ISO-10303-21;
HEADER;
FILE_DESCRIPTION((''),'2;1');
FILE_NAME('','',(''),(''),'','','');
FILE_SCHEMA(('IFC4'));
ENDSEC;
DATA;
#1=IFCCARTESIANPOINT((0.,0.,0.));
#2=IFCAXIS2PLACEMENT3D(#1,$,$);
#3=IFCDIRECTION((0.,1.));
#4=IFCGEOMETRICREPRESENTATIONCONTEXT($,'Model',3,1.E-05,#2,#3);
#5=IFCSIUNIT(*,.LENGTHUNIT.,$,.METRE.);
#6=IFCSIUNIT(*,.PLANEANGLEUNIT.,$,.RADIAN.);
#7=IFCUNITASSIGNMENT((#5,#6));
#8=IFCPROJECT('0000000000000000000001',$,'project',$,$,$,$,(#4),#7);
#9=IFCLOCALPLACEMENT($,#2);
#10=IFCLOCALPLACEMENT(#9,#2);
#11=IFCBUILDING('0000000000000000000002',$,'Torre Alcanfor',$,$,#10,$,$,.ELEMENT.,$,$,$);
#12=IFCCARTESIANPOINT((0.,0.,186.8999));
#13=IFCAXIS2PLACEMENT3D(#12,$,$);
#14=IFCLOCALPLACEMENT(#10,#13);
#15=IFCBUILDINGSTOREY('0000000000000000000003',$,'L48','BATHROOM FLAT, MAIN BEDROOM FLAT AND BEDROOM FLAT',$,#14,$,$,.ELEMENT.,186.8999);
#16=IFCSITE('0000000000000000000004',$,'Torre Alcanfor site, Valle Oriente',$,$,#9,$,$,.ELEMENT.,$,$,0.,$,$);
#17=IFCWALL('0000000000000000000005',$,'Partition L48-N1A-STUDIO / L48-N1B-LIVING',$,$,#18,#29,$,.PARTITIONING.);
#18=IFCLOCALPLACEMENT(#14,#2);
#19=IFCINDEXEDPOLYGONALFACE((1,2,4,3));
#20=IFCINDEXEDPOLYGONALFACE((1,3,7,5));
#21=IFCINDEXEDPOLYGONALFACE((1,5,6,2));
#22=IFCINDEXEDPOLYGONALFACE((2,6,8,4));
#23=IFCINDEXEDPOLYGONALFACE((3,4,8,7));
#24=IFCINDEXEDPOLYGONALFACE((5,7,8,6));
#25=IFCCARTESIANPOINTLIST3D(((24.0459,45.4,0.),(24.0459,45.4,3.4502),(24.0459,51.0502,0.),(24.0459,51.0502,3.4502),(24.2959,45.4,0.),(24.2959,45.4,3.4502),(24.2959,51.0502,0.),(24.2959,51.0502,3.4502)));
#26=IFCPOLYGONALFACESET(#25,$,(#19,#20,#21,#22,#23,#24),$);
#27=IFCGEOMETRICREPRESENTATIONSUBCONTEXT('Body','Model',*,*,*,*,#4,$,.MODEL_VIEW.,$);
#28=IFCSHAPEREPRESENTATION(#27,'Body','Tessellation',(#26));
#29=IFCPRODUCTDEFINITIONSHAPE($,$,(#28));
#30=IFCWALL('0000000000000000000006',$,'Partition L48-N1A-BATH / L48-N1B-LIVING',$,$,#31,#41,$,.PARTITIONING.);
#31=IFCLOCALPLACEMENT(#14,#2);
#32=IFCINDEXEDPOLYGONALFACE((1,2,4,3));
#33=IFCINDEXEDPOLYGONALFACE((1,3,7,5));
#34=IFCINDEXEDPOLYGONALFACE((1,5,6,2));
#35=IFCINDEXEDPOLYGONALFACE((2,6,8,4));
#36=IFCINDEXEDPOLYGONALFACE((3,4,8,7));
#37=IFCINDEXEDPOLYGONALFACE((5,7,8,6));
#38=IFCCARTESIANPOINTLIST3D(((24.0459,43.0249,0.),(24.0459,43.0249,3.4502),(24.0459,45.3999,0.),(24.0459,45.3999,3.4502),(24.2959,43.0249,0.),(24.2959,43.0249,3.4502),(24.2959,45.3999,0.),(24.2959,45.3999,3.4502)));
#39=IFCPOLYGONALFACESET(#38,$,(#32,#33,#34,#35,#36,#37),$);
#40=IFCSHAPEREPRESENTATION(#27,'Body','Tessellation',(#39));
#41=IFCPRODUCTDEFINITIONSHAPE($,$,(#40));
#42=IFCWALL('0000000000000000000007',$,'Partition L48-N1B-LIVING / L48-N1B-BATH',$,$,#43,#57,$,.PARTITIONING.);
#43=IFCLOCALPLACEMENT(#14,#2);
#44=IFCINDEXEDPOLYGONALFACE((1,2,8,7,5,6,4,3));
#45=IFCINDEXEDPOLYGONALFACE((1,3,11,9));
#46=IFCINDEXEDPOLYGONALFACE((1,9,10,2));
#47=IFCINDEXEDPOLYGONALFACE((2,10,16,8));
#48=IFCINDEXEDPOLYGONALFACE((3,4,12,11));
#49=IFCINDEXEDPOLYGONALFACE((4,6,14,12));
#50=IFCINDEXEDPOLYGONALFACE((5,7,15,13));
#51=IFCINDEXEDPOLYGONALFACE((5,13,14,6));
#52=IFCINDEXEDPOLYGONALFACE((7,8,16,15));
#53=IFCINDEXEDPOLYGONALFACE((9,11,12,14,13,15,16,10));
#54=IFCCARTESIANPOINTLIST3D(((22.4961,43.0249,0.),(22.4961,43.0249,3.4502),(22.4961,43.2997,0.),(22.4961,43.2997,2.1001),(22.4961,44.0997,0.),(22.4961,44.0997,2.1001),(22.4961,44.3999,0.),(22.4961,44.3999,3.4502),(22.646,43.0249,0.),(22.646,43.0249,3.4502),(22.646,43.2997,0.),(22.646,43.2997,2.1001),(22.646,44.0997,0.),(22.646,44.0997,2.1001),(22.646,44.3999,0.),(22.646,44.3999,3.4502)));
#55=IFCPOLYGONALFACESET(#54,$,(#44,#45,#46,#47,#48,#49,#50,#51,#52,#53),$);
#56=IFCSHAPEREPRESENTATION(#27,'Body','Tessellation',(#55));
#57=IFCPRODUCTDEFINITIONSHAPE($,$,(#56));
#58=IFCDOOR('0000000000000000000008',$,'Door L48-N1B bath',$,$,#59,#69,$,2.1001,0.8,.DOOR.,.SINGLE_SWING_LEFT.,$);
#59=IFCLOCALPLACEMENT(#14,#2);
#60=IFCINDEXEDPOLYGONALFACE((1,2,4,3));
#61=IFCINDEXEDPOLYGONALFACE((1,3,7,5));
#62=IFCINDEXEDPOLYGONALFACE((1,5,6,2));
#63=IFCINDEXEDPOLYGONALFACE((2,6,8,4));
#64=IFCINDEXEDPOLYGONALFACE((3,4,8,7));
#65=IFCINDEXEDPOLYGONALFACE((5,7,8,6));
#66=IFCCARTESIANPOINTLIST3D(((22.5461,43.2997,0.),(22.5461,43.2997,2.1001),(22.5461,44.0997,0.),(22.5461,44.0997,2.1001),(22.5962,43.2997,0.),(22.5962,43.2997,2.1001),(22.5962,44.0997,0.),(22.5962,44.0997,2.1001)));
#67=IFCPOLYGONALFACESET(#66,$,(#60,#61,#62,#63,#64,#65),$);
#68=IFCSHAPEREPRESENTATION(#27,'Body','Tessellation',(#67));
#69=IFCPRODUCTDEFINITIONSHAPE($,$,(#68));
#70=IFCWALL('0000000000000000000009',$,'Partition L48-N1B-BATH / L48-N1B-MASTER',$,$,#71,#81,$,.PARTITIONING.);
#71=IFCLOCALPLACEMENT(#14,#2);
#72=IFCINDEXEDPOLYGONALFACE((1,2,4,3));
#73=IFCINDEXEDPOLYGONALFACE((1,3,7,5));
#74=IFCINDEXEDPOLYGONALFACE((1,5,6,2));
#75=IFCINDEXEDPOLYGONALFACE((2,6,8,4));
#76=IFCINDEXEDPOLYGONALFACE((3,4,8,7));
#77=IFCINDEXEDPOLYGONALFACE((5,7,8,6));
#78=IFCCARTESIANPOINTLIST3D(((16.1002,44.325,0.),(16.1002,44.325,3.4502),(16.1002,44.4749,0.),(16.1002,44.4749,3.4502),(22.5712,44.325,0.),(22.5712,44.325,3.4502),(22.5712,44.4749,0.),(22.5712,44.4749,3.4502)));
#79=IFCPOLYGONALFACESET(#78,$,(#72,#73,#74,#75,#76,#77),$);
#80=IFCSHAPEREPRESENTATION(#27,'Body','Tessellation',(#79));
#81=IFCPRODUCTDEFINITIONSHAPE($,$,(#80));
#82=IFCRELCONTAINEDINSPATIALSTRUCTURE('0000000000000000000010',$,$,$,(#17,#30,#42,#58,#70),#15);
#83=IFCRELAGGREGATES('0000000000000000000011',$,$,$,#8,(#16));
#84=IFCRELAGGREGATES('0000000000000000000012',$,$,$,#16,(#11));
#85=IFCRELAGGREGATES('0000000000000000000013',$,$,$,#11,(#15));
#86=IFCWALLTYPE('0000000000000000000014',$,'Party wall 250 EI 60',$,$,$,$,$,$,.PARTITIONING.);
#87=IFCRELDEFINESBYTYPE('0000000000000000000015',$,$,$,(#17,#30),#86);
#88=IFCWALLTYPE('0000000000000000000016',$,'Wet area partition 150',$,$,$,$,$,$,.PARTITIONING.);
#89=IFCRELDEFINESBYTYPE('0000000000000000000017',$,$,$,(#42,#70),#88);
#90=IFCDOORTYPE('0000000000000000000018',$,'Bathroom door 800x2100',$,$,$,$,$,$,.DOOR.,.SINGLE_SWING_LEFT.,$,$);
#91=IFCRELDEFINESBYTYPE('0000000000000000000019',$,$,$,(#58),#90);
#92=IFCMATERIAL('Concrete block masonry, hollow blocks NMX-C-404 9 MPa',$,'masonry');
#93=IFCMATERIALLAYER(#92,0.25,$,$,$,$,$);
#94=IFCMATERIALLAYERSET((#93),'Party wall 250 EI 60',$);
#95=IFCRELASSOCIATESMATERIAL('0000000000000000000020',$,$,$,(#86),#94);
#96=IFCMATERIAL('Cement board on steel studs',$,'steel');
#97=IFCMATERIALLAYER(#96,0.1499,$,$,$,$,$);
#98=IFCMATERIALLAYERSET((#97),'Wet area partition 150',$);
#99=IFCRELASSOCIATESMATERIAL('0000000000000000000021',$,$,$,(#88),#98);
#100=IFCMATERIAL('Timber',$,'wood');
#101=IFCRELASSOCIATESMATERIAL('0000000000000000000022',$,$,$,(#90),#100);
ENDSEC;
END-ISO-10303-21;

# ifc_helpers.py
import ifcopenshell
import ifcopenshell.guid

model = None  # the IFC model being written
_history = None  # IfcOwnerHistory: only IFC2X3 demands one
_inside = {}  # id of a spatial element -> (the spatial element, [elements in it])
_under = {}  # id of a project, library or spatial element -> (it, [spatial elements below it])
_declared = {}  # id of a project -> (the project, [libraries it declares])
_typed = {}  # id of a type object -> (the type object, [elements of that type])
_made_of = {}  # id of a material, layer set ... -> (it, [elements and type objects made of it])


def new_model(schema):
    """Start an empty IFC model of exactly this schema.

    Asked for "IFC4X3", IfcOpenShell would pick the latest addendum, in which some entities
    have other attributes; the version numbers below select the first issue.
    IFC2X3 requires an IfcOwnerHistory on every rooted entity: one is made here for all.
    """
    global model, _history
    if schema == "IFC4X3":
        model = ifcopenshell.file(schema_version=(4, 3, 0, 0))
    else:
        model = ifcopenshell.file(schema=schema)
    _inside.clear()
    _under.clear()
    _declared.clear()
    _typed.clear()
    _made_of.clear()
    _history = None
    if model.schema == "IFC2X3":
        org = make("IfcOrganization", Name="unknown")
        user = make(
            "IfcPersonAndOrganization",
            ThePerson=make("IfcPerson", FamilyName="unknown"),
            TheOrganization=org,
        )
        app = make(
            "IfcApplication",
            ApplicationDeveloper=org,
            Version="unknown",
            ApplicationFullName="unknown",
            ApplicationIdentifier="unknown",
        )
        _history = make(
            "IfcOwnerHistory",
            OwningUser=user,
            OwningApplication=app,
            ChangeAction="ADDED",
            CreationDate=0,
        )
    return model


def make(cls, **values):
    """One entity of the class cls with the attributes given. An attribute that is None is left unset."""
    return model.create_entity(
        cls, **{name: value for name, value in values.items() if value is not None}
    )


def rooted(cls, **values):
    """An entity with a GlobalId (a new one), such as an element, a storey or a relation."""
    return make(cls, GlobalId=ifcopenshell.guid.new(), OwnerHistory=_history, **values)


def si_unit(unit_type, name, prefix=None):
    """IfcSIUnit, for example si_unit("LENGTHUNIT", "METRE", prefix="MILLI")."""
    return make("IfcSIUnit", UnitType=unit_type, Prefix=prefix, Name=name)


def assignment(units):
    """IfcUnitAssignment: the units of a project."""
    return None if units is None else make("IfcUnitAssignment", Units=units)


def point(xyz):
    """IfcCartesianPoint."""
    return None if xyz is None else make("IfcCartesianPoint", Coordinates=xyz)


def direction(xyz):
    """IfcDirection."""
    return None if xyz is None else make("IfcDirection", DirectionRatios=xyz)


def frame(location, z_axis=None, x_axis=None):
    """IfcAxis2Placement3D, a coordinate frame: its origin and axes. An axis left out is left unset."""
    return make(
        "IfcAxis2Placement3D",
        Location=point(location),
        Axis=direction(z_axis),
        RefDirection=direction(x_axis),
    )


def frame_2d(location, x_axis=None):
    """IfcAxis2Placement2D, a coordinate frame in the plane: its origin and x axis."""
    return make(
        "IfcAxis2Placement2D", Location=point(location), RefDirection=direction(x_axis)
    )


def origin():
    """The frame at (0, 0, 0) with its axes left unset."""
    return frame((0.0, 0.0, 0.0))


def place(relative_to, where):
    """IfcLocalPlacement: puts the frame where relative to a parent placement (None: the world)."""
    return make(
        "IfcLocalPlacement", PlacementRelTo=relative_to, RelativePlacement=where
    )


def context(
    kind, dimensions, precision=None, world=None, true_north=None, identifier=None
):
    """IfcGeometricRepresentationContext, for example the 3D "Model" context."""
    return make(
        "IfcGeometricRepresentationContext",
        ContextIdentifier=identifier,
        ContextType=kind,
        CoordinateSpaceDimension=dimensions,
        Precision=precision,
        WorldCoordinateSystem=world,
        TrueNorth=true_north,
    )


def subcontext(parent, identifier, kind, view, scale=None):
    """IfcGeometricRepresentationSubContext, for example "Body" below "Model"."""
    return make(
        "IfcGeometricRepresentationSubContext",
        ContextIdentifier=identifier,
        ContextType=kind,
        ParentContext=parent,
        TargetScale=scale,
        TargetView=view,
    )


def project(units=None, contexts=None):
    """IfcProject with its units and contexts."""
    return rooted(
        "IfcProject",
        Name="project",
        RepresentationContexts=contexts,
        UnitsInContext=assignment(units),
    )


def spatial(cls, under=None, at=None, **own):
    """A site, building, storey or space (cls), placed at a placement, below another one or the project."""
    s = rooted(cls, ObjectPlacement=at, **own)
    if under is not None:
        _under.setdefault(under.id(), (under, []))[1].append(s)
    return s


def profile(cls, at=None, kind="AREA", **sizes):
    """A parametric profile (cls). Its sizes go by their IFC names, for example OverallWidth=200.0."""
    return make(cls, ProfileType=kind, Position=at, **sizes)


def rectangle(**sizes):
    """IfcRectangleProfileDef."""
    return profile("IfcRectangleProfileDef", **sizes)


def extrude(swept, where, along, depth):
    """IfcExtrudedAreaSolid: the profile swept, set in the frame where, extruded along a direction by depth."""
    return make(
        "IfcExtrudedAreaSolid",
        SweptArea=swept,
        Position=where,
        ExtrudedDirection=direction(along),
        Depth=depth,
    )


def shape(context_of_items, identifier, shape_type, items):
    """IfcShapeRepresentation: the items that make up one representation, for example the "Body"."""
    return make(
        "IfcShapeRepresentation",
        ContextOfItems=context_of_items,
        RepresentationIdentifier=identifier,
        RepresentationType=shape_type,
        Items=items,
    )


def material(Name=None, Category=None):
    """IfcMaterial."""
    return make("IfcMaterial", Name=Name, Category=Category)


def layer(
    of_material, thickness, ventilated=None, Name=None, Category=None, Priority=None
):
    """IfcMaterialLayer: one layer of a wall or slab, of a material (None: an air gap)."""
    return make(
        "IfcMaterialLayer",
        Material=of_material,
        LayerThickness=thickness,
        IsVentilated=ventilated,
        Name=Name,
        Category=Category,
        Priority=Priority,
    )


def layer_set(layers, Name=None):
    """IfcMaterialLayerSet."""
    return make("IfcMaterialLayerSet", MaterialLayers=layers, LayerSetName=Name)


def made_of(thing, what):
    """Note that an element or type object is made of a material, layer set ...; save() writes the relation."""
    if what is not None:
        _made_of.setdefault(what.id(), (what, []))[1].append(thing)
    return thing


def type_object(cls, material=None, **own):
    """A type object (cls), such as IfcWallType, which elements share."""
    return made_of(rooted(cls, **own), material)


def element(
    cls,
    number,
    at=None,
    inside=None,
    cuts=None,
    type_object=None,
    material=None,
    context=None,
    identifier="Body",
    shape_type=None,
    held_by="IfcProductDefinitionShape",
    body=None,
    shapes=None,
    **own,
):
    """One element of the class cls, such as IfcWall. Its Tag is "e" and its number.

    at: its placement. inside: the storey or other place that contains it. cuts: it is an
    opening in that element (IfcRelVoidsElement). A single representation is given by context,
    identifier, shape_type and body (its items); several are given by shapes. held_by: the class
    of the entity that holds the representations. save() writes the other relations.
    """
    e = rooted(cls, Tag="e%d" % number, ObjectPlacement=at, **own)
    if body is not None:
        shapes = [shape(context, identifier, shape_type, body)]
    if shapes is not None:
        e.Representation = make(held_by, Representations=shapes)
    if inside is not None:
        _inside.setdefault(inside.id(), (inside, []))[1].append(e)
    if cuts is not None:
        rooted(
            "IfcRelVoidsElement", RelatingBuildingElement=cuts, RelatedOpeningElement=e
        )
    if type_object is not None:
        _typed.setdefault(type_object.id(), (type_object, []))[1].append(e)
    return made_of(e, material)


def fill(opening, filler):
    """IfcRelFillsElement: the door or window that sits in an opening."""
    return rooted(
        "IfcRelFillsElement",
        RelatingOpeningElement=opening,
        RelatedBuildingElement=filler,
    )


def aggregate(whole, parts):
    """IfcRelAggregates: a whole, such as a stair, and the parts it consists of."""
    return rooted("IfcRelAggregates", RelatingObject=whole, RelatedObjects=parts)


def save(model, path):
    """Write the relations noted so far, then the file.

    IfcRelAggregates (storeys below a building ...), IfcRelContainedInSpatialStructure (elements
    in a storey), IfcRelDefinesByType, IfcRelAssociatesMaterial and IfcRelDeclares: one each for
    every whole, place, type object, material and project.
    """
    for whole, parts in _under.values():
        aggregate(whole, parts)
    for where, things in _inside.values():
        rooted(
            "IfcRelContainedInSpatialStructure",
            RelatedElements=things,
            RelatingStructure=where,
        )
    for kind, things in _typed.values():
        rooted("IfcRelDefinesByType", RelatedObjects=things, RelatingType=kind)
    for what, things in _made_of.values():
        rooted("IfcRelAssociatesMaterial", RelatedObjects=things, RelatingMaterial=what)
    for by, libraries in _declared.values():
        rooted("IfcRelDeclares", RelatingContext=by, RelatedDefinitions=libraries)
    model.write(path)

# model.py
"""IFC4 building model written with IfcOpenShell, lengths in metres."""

from ifc_helpers import new_model, si_unit, direction, frame, frame_2d, origin, place, context, subcontext, project, spatial, rectangle, extrude, material, layer, layer_set, type_object, element, fill, save


model = new_model("IFC4")

# Units and contexts
model_context = context("Model", 3, precision=1e-05, world=origin(), true_north=direction((0.0, 1.0)))
body_context = subcontext(model_context, "Body", "Model", "MODEL_VIEW")
ifc_project = project(units=[si_unit("LENGTHUNIT", "METRE"), si_unit("PLANEANGLEUNIT", "RADIAN")], contexts=[model_context])

# Site, building, storey
site_placement = place(None, origin())
site = spatial("IfcSite", under=ifc_project, at=site_placement, Name="Torre Alcanfor site, Valle Oriente", CompositionType="ELEMENT", RefElevation=0.0)
building_placement = place(site_placement, origin())
building = spatial("IfcBuilding", under=site, at=building_placement, Name="Torre Alcanfor", CompositionType="ELEMENT")
storey_placement = place(building_placement, frame((0.0, 0.0, 186.8999)))
storey = spatial("IfcBuildingStorey", under=building, at=storey_placement, Name="L48", Description="BATHROOM FLAT, MAIN BEDROOM FLAT AND BEDROOM FLAT", CompositionType="ELEMENT", Elevation=186.8999)

# Walls
ifc_material_1 = material(Name="Concrete block masonry, hollow blocks NMX-C-404 9 MPa", Category="masonry")
ifc_layer_1 = layer(ifc_material_1, 0.25)
ifc_layer_set_1 = layer_set([ifc_layer_1], Name="Party wall 250 EI 60")
wall_type_1 = type_object("IfcWallType", Name="Party wall 250 EI 60", PredefinedType="PARTITIONING", material=ifc_layer_set_1)
wall_1_placement = place(storey_placement, frame((24.1709, 45.3999, 0.0), z_axis=(0.0, 0.0, 1.0), x_axis=(0.0, 1.0, 0.0)))
element("IfcWall", 1, at=wall_1_placement, inside=storey, type_object=wall_type_1, Name="Partition L48-N1A-STUDIO / L48-N1B-LIVING", PredefinedType="PARTITIONING", context=body_context, shape_type="SweptSolid", body=[
    extrude(rectangle(XDim=5.6501, YDim=0.25, at=frame_2d((2.8252, 0.0))), origin(), (0.0, 0.0, 1.0), 3.4502),
])
wall_2_placement = place(storey_placement, frame((24.1709, 45.3999, 0.0), z_axis=(0.0, 0.0, 1.0), x_axis=(0.0, -1.0, 0.0)))
element("IfcWall", 2, at=wall_2_placement, inside=storey, type_object=wall_type_1, Name="Partition L48-N1A-BATH / L48-N1B-LIVING", PredefinedType="PARTITIONING", context=body_context, shape_type="SweptSolid", body=[
    extrude(rectangle(XDim=2.375, YDim=0.25, at=frame_2d((1.1875, 0.0))), origin(), (0.0, 0.0, 1.0), 3.4502),
])

# Wall, opening, door
ifc_material_2 = material(Name="Cement board on steel studs", Category="steel")
ifc_layer_2 = layer(ifc_material_2, 0.1499)
ifc_layer_set_2 = layer_set([ifc_layer_2], Name="Wet area partition 150")
wall_type_2 = type_object("IfcWallType", Name="Wet area partition 150", PredefinedType="PARTITIONING", material=ifc_layer_set_2)
wall_3_placement = place(storey_placement, frame((22.571, 43.0249, 0.0), z_axis=(0.0, 0.0, 1.0), x_axis=(0.0, 1.0, 0.0)))
wall_3 = element("IfcWall", 3, at=wall_3_placement, inside=storey, type_object=wall_type_2, Name="Partition L48-N1B-LIVING / L48-N1B-BATH", PredefinedType="PARTITIONING", context=body_context, shape_type="SweptSolid", body=[
    extrude(rectangle(XDim=1.375, YDim=0.1499, at=frame_2d((0.6875, 0.0))), origin(), (0.0, 0.0, 1.0), 3.4502),
])
opening_1_placement = place(wall_3_placement, frame((0.2749, 0.0, 0.0)))
opening_1 = element("IfcOpeningElement", 4, at=opening_1_placement, cuts=wall_3, PredefinedType="OPENING", context=body_context, shape_type="SweptSolid", body=[
    extrude(rectangle(XDim=0.8, YDim=2.1001, at=frame_2d((0.3999, 1.05))), frame((0.0, 0.085, 0.0), z_axis=(0.0, -1.0, 0.0), x_axis=(1.0, 0.0, 0.0)), (0.0, 0.0, 1.0), 0.1699),
])
ifc_material_3 = material(Name="Timber", Category="wood")
door_type_1 = type_object("IfcDoorType", Name="Bathroom door 800x2100", OperationType="SINGLE_SWING_LEFT", PredefinedType="DOOR", material=ifc_material_3)
door_1_placement = place(opening_1_placement, origin())
door_1 = element("IfcDoor", 5, at=door_1_placement, inside=storey, type_object=door_type_1, Name="Door L48-N1B bath", OperationType="SINGLE_SWING_LEFT", OverallHeight=2.1001, OverallWidth=0.8, PredefinedType="DOOR", context=body_context, shape_type="SweptSolid", body=[
    extrude(rectangle(XDim=0.8, YDim=2.1001, at=frame_2d((0.3999, 1.05))), frame((0.0, 0.0249, 0.0), z_axis=(0.0, -1.0, 0.0), x_axis=(1.0, 0.0, 0.0)), (0.0, 0.0, 1.0), 0.05),
])
fill(opening_1, door_1)

# Wall
wall_4_placement = place(storey_placement, frame((22.571, 44.3999, 0.0), z_axis=(0.0, 0.0, 1.0), x_axis=(-1.0, 0.0, 0.0)))
element("IfcWall", 6, at=wall_4_placement, inside=storey, type_object=wall_type_2, Name="Partition L48-N1B-BATH / L48-N1B-MASTER", PredefinedType="PARTITIONING", context=body_context, shape_type="SweptSolid", body=[
    extrude(rectangle(XDim=6.4709, YDim=0.1499, at=frame_2d((3.2354, 0.0))), origin(), (0.0, 0.0, 1.0), 3.4502),
])

save(model, "model.ifc")
